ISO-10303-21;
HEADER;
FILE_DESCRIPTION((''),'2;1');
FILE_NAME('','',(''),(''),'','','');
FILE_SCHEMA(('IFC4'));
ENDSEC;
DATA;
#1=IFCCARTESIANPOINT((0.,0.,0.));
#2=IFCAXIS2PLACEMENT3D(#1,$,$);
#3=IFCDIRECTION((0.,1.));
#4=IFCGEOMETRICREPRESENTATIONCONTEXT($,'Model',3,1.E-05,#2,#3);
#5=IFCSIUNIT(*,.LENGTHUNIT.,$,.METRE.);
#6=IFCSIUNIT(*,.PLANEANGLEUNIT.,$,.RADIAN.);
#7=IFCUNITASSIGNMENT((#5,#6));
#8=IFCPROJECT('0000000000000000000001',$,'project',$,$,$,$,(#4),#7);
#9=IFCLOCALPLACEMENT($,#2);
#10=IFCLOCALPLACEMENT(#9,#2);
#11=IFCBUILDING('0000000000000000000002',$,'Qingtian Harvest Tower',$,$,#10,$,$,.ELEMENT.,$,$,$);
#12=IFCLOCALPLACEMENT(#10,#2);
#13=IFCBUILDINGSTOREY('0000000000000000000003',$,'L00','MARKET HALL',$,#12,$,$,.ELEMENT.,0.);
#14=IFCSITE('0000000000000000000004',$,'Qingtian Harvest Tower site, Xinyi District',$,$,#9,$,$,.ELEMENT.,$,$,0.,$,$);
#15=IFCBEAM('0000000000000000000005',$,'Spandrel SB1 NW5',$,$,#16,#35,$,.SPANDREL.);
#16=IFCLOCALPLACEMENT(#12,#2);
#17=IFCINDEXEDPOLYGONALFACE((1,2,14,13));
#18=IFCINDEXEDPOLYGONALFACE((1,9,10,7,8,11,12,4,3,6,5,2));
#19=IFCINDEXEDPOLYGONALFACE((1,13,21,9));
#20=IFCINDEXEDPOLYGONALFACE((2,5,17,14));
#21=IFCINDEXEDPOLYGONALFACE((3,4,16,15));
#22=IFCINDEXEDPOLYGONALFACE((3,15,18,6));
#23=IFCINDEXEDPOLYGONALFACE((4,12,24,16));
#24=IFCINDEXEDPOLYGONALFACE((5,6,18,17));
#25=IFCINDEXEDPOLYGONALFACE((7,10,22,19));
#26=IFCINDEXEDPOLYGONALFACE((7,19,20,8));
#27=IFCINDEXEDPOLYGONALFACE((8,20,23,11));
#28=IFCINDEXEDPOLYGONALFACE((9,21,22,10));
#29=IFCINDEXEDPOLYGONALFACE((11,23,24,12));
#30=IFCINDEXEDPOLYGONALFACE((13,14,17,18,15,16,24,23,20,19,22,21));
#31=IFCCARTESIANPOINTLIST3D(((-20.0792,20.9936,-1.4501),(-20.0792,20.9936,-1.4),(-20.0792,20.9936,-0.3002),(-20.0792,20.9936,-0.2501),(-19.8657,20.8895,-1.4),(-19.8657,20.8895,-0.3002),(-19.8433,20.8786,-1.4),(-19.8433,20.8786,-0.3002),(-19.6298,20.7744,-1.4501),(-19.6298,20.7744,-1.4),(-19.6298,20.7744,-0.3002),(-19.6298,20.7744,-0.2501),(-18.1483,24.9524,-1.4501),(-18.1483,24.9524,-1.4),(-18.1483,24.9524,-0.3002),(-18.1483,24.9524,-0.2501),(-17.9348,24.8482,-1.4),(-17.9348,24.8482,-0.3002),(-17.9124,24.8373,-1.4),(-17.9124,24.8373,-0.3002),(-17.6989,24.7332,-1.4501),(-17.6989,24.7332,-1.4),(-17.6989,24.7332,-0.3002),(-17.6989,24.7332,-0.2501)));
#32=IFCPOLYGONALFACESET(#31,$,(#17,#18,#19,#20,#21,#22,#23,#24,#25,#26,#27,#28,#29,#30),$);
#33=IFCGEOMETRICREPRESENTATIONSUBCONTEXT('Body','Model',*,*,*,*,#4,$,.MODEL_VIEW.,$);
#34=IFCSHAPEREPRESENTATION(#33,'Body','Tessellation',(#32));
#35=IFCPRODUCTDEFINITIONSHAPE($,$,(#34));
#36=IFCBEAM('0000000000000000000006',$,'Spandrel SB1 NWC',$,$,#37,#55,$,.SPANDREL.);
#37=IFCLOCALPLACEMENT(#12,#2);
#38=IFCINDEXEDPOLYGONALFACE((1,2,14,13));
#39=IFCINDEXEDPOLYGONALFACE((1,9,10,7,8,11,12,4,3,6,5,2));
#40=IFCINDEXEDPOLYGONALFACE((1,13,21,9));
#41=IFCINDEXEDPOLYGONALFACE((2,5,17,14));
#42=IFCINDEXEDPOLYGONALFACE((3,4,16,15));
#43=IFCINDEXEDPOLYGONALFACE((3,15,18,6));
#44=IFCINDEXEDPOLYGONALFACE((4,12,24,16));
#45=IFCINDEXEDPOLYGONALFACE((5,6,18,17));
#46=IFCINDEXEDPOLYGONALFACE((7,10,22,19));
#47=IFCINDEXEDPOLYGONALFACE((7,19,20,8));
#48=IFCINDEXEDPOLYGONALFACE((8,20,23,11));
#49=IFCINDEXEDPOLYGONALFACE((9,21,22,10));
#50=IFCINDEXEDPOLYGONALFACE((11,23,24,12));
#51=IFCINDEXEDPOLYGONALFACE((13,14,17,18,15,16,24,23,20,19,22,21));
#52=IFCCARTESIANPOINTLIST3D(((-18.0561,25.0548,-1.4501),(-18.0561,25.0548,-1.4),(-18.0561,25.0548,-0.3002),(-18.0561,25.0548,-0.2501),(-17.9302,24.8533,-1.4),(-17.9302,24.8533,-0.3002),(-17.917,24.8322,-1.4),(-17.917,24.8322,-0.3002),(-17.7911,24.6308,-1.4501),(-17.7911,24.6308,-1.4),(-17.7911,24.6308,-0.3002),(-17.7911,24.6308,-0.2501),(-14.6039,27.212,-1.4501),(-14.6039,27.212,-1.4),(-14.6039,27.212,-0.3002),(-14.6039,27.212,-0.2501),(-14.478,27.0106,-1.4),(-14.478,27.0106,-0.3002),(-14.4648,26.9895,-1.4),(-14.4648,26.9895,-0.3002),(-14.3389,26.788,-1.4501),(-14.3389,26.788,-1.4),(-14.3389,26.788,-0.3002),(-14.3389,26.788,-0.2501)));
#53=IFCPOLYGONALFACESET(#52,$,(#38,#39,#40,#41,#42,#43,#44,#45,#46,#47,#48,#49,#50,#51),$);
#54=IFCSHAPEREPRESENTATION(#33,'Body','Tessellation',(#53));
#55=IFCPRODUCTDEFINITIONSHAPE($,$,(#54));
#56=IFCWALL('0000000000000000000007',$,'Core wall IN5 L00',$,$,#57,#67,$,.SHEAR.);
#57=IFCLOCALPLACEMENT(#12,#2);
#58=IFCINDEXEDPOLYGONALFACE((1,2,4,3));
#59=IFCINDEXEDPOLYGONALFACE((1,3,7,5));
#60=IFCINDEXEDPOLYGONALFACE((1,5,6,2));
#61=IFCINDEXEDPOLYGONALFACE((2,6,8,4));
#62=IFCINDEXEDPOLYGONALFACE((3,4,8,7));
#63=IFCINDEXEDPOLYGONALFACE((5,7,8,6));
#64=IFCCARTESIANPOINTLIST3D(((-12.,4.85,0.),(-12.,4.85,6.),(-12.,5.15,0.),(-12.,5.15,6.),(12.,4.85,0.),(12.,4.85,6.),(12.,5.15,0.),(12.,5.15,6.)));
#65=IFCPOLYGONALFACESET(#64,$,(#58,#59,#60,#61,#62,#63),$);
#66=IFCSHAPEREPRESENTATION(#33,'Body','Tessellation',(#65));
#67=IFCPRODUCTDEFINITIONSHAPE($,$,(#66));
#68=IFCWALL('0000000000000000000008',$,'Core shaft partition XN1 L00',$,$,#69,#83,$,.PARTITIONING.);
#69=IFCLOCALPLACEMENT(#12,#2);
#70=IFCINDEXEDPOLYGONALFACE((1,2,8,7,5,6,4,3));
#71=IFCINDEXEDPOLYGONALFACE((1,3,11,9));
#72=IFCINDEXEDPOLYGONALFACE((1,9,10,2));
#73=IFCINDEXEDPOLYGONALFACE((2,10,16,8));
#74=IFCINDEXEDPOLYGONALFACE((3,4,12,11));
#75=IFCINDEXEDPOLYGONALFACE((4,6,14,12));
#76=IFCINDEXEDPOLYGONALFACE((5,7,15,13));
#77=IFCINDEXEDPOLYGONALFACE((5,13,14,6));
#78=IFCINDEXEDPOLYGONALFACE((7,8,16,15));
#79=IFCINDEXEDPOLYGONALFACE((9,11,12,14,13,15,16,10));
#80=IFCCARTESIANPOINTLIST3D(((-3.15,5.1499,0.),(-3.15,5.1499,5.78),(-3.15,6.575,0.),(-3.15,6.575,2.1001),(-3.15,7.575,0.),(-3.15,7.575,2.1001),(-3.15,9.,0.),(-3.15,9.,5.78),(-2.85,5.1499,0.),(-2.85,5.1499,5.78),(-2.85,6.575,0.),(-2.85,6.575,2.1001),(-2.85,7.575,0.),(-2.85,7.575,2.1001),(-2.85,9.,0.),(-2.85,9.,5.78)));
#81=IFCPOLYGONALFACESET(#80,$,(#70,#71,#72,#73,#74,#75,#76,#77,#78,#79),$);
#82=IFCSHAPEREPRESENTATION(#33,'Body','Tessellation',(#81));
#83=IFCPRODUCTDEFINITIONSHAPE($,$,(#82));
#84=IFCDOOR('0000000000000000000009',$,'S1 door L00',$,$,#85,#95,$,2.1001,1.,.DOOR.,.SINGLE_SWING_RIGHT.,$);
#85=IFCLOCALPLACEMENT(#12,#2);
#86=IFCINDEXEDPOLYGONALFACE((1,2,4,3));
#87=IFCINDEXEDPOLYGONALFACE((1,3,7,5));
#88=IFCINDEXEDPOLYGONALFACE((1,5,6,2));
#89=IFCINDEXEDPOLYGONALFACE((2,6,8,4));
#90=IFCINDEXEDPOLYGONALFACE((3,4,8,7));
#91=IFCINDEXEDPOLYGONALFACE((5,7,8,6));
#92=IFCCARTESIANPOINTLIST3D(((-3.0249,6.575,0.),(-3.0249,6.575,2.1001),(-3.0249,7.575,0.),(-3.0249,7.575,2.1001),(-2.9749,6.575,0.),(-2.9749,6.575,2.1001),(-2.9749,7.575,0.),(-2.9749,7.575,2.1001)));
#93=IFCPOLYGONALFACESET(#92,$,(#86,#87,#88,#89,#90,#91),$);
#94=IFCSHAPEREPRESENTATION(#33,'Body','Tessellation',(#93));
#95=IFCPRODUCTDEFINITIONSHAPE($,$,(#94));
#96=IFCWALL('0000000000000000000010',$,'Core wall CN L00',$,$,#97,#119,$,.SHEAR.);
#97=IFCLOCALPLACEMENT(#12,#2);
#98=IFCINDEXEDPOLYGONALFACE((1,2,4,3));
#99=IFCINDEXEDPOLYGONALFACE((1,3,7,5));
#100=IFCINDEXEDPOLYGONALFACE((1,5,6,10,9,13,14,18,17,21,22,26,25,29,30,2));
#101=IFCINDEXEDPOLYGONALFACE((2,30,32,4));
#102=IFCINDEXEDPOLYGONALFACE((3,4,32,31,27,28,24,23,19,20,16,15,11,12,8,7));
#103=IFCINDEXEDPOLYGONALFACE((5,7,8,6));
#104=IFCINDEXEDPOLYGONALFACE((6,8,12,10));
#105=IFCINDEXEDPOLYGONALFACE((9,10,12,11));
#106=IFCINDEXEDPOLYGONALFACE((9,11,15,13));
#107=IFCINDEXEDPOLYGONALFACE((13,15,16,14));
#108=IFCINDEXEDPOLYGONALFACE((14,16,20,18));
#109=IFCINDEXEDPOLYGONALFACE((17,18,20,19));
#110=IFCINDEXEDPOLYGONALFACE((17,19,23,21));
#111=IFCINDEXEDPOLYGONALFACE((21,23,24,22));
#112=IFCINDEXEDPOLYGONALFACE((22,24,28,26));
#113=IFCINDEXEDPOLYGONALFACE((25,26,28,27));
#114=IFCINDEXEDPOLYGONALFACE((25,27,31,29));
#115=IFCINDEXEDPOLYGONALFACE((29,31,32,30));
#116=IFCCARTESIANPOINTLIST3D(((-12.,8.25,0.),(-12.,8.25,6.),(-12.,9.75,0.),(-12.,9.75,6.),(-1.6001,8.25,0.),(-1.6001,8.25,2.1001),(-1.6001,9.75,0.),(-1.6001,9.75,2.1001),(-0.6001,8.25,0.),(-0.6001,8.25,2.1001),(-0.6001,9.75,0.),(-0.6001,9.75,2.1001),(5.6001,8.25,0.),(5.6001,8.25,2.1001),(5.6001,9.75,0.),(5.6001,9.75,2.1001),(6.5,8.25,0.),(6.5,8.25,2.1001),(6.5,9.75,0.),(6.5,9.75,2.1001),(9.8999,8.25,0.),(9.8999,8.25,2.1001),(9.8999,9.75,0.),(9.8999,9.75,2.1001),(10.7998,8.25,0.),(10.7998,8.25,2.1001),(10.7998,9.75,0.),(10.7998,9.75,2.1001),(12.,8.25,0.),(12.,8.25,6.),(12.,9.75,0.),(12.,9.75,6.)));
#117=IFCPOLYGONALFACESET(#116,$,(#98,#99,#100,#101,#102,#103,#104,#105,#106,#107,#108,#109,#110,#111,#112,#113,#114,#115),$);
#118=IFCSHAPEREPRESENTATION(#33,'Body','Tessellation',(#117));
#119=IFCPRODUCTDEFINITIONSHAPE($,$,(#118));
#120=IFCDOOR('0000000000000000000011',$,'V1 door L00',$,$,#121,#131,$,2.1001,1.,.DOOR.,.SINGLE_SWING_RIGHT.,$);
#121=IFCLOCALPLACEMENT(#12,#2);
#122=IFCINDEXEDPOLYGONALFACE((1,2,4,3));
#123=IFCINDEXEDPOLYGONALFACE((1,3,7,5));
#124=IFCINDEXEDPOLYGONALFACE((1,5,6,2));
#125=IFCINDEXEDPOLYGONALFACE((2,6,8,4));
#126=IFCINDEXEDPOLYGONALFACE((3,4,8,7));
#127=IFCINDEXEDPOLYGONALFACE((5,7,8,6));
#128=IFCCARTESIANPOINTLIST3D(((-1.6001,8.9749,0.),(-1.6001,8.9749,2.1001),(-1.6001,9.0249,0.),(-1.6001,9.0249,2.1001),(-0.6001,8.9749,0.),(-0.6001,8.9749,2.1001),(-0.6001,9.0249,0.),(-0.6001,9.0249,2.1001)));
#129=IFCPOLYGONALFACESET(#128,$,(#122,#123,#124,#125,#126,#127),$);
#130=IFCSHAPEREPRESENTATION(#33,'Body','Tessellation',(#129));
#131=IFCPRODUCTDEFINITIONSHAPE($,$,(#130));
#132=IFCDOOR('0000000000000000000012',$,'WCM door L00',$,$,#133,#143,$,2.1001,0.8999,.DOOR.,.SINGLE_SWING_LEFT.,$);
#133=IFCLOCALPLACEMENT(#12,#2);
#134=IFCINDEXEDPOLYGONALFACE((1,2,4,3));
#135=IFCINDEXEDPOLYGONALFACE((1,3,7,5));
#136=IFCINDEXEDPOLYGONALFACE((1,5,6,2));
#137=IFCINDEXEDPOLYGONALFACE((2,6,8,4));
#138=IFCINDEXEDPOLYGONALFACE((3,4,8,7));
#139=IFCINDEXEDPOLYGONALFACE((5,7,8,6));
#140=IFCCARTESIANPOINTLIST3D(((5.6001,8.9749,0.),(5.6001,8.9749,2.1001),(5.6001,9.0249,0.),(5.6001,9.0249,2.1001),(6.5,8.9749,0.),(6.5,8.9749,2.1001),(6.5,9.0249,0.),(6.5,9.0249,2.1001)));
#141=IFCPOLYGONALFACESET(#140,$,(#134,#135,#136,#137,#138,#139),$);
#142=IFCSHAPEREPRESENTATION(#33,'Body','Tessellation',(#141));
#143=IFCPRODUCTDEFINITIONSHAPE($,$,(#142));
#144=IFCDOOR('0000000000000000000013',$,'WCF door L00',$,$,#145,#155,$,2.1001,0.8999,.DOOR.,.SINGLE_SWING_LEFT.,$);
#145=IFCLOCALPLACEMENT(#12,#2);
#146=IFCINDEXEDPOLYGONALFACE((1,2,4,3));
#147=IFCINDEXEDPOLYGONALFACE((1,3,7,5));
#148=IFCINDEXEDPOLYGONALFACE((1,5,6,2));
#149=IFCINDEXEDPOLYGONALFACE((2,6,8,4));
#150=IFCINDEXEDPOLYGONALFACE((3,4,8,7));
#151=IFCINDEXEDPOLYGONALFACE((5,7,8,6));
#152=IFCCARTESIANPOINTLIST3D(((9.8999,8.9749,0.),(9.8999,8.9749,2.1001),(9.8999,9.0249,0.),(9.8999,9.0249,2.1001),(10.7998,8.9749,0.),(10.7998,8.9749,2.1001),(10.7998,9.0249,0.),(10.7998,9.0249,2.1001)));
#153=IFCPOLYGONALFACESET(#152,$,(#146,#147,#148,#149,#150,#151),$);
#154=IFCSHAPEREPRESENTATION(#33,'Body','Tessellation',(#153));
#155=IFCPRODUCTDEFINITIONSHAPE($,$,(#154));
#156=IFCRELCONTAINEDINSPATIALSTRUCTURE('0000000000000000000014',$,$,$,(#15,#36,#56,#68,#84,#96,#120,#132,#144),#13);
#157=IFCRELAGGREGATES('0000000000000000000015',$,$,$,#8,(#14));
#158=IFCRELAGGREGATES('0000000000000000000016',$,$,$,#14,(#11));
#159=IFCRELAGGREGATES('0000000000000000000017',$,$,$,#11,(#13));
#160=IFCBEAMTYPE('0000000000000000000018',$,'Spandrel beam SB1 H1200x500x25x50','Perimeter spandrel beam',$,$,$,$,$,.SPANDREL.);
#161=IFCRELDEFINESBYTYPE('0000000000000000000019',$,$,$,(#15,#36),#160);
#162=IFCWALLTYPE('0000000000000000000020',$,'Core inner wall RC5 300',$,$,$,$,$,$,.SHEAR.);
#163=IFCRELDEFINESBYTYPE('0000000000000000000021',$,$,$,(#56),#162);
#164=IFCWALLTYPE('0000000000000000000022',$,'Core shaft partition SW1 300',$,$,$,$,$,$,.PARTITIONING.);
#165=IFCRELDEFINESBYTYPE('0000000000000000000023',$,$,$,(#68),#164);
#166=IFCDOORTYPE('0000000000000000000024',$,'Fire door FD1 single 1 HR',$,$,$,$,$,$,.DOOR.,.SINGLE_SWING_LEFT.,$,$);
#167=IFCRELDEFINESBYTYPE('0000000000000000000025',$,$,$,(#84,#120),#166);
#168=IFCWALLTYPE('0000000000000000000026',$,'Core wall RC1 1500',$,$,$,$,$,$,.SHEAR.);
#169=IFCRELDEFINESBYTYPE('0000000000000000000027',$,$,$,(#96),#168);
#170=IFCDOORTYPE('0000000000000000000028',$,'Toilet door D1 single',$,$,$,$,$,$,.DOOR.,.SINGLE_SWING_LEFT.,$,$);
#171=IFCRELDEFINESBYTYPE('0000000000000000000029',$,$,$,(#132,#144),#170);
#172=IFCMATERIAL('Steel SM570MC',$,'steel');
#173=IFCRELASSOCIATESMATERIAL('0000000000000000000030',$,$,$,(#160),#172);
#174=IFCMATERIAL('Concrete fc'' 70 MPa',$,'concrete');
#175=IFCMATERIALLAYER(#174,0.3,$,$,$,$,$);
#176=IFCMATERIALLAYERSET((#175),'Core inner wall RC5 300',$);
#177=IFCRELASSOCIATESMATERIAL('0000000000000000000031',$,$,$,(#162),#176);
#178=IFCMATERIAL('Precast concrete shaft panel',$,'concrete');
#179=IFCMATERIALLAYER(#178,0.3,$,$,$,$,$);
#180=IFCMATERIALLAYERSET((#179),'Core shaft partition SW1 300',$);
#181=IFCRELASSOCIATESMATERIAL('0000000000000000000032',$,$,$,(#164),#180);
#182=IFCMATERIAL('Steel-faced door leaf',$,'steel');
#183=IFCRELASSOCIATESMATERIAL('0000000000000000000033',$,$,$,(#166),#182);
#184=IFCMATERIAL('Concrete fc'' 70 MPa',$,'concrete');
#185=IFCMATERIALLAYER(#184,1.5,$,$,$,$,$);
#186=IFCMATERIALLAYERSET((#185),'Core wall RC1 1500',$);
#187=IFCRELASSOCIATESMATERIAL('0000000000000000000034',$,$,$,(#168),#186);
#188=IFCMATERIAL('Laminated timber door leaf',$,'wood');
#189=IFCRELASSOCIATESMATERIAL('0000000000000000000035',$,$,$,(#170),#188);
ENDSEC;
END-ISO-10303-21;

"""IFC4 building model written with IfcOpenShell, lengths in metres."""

from ifc_helpers import new_model, si_unit, direction, frame, frame_2d, origin, origin_2d, place, context, subcontext, project, spatial, rectangle, i_section, extrude, material, layer, layer_set, material_profile, profile_set, type_object, element, fill, save


model = new_model("IFC4")

# Units and contexts
model_context = context("Model", 3, precision=1e-05, world=origin(), true_north=direction((0.0, 1.0)))
body_context = subcontext(model_context, "Body", "Model", "MODEL_VIEW")
ifc_project = project(units=[si_unit("LENGTHUNIT", "METRE"), si_unit("PLANEANGLEUNIT", "RADIAN")], contexts=[model_context])

# Site, building, storey
site_placement = place(None, origin())
site = spatial("IfcSite", under=ifc_project, at=site_placement, Name="Qingtian Harvest Tower site, Xinyi District", CompositionType="ELEMENT", RefElevation=0.0)
building_placement = place(site_placement, origin())
building = spatial("IfcBuilding", under=site, at=building_placement, Name="Qingtian Harvest Tower", CompositionType="ELEMENT")
storey_placement = place(building_placement, origin())
storey = spatial("IfcBuildingStorey", under=building, at=storey_placement, Name="L00", Description="MARKET HALL", CompositionType="ELEMENT", Elevation=0.0)

# Beams
ifc_material_1 = material(Name="Steel SM570MC", Category="steel")
ifc_material_profile_1 = material_profile(ifc_material_1, i_section(OverallWidth=0.5, OverallDepth=1.2, WebThickness=0.0249, FlangeThickness=0.05, at=origin_2d()), Name="H1200x500x25x50")
ifc_profile_set_1 = profile_set([ifc_material_profile_1], Name="Steel SM570MC")
beam_type_1 = type_object("IfcBeamType", Name="Spandrel beam SB1 H1200x500x25x50", Description="Perimeter spandrel beam", PredefinedType="SPANDREL", material=ifc_profile_set_1)
for number, where, z_axis, x_axis, name in (
    (1, (-19.8545, 20.884, -0.8501), (0.43839, 0.898785, 0.0), (-0.898785, 0.43839, 0.0), "Spandrel SB1 NW5"),
):
    element("IfcBeam", number, at=place(storey_placement, frame(where, z_axis=z_axis, x_axis=x_axis)), inside=storey, type_object=beam_type_1, Name=name, PredefinedType="SPANDREL", context=body_context, shape_type="SweptSolid", body=[
        extrude(i_section(OverallWidth=0.5, OverallDepth=1.2, WebThickness=0.0249, FlangeThickness=0.05, at=origin_2d()), origin(), (0.0, 0.0, 1.0), 4.4045),
    ])
beam_1_placement = place(storey_placement, frame((-17.9236, 24.8428, -0.8501), z_axis=(0.848039, 0.529934, 0.0), x_axis=(-0.529934, 0.848039, 0.0)))
element("IfcBeam", 2, at=beam_1_placement, inside=storey, type_object=beam_type_1, Name="Spandrel SB1 NWC", PredefinedType="SPANDREL", context=body_context, shape_type="SweptSolid", body=[
    extrude(i_section(OverallWidth=0.5, OverallDepth=1.2, WebThickness=0.0249, FlangeThickness=0.05, at=origin_2d()), origin(), (0.0, 0.0, 1.0), 4.0708),
])

# Wall
ifc_material_2 = material(Name="Concrete fc' 70 MPa", Category="concrete")
ifc_layer_1 = layer(ifc_material_2, 0.3)
ifc_layer_set_1 = layer_set([ifc_layer_1], Name="Core inner wall RC5 300")
wall_type_1 = type_object("IfcWallType", Name="Core inner wall RC5 300", PredefinedType="SHEAR", material=ifc_layer_set_1)
wall_1_placement = place(storey_placement, frame((-12.0, 5.0, 0.0), z_axis=(0.0, 0.0, 1.0), x_axis=(1.0, 0.0, 0.0)))
element("IfcWall", 3, at=wall_1_placement, inside=storey, type_object=wall_type_1, Name="Core wall IN5 L00", PredefinedType="SHEAR", context=body_context, shape_type="SweptSolid", body=[
    extrude(rectangle(XDim=24.0, YDim=0.3, at=frame_2d((12.0, 0.0))), origin(), (0.0, 0.0, 1.0), 6.0),
])

# Wall, opening, door
ifc_material_3 = material(Name="Precast concrete shaft panel", Category="concrete")
ifc_layer_2 = layer(ifc_material_3, 0.3)
ifc_layer_set_2 = layer_set([ifc_layer_2], Name="Core shaft partition SW1 300")
wall_type_2 = type_object("IfcWallType", Name="Core shaft partition SW1 300", PredefinedType="PARTITIONING", material=ifc_layer_set_2)
wall_2_placement = place(storey_placement, frame((-3.0, 5.1499, 0.0), z_axis=(0.0, 0.0, 1.0), x_axis=(0.0, 1.0, 0.0)))
wall_2 = element("IfcWall", 4, at=wall_2_placement, inside=storey, type_object=wall_type_2, Name="Core shaft partition XN1 L00", PredefinedType="PARTITIONING", context=body_context, shape_type="SweptSolid", body=[
    extrude(rectangle(XDim=3.8501, YDim=0.3, at=frame_2d((1.925, 0.0))), origin(), (0.0, 0.0, 1.0), 5.78),
])
opening_1_placement = place(wall_2_placement, frame((1.425, 0.0, 0.0)))
opening_1 = element("IfcOpeningElement", 5, at=opening_1_placement, cuts=wall_2, PredefinedType="OPENING", context=body_context, shape_type="SweptSolid", body=[
    extrude(rectangle(XDim=1.0, YDim=2.1001, at=frame_2d((0.5, 1.05))), frame((0.0, 0.1599, 0.0), z_axis=(0.0, -1.0, 0.0), x_axis=(1.0, 0.0, 0.0)), (0.0, 0.0, 1.0), 0.3201),
])
ifc_material_4 = material(Name="Steel-faced door leaf", Category="steel")
door_type_1 = type_object("IfcDoorType", Name="Fire door FD1 single 1 HR", OperationType="SINGLE_SWING_LEFT", PredefinedType="DOOR", material=ifc_material_4)
door_1_placement = place(opening_1_placement, origin())
door_1 = element("IfcDoor", 6, at=door_1_placement, inside=storey, type_object=door_type_1, Name="S1 door L00", OperationType="SINGLE_SWING_RIGHT", OverallHeight=2.1001, OverallWidth=1.0, PredefinedType="DOOR", context=body_context, shape_type="SweptSolid", body=[
    extrude(rectangle(XDim=1.0, YDim=2.1001, at=frame_2d((0.5, 1.05))), frame((0.0, 0.0249, 0.0), z_axis=(0.0, -1.0, 0.0), x_axis=(1.0, 0.0, 0.0)), (0.0, 0.0, 1.0), 0.05),
])
fill(opening_1, door_1)

# Wall, openings, doors
ifc_material_5 = material(Name="Concrete fc' 70 MPa", Category="concrete")
ifc_layer_3 = layer(ifc_material_5, 1.5)
ifc_layer_set_3 = layer_set([ifc_layer_3], Name="Core wall RC1 1500")
wall_type_3 = type_object("IfcWallType", Name="Core wall RC1 1500", PredefinedType="SHEAR", material=ifc_layer_set_3)
wall_3_placement = place(storey_placement, frame((-12.0, 9.0, 0.0), z_axis=(0.0, 0.0, 1.0), x_axis=(1.0, 0.0, 0.0)))
wall_3 = element("IfcWall", 7, at=wall_3_placement, inside=storey, type_object=wall_type_3, Name="Core wall CN L00", PredefinedType="SHEAR", context=body_context, shape_type="SweptSolid", body=[
    extrude(rectangle(XDim=24.0, YDim=1.5, at=frame_2d((12.0, 0.0))), origin(), (0.0, 0.0, 1.0), 6.0),
])
opening_2_placement = place(wall_3_placement, frame((10.3999, 0.0, 0.0)))
opening_2 = element("IfcOpeningElement", 8, at=opening_2_placement, cuts=wall_3, PredefinedType="OPENING", context=body_context, shape_type="SweptSolid", body=[
    extrude(rectangle(XDim=1.0, YDim=2.1001, at=frame_2d((0.5, 1.05))), frame((0.0, 0.76, 0.0), z_axis=(0.0, -1.0, 0.0), x_axis=(1.0, 0.0, 0.0)), (0.0, 0.0, 1.0), 1.52),
])
opening_3_placement = place(wall_3_placement, frame((17.6001, 0.0, 0.0)))
opening_3 = element("IfcOpeningElement", 9, at=opening_3_placement, cuts=wall_3, PredefinedType="OPENING", context=body_context, shape_type="SweptSolid", body=[
    extrude(rectangle(XDim=0.8999, YDim=2.1001, at=frame_2d((0.45, 1.05))), frame((0.0, 0.76, 0.0), z_axis=(0.0, -1.0, 0.0), x_axis=(1.0, 0.0, 0.0)), (0.0, 0.0, 1.0), 1.52),
])
opening_4_placement = place(wall_3_placement, frame((21.8999, 0.0, 0.0)))
opening_4 = element("IfcOpeningElement", 10, at=opening_4_placement, cuts=wall_3, PredefinedType="OPENING", context=body_context, shape_type="SweptSolid", body=[
    extrude(rectangle(XDim=0.8999, YDim=2.1001, at=frame_2d((0.45, 1.05))), frame((0.0, 0.76, 0.0), z_axis=(0.0, -1.0, 0.0), x_axis=(1.0, 0.0, 0.0)), (0.0, 0.0, 1.0), 1.52),
])
door_2_placement = place(opening_2_placement, origin())
door_2 = element("IfcDoor", 11, at=door_2_placement, inside=storey, type_object=door_type_1, Name="V1 door L00", OperationType="SINGLE_SWING_RIGHT", OverallHeight=2.1001, OverallWidth=1.0, PredefinedType="DOOR", context=body_context, shape_type="SweptSolid", body=[
    extrude(rectangle(XDim=1.0, YDim=2.1001, at=frame_2d((0.5, 1.05))), frame((0.0, 0.0249, 0.0), z_axis=(0.0, -1.0, 0.0), x_axis=(1.0, 0.0, 0.0)), (0.0, 0.0, 1.0), 0.05),
])
fill(opening_2, door_2)
ifc_material_6 = material(Name="Laminated timber door leaf", Category="wood")
door_type_2 = type_object("IfcDoorType", Name="Toilet door D1 single", OperationType="SINGLE_SWING_LEFT", PredefinedType="DOOR", material=ifc_material_6)
door_3_placement = place(opening_3_placement, origin())
door_3 = element("IfcDoor", 12, at=door_3_placement, inside=storey, type_object=door_type_2, Name="WCM door L00", OperationType="SINGLE_SWING_LEFT", OverallHeight=2.1001, OverallWidth=0.8999, PredefinedType="DOOR", context=body_context, shape_type="SweptSolid", body=[
    extrude(rectangle(XDim=0.8999, YDim=2.1001, at=frame_2d((0.45, 1.05))), frame((0.0, 0.0249, 0.0), z_axis=(0.0, -1.0, 0.0), x_axis=(1.0, 0.0, 0.0)), (0.0, 0.0, 1.0), 0.05),
])
fill(opening_3, door_3)
door_4_placement = place(opening_4_placement, origin())
door_4 = element("IfcDoor", 13, at=door_4_placement, inside=storey, type_object=door_type_2, Name="WCF door L00", OperationType="SINGLE_SWING_LEFT", OverallHeight=2.1001, OverallWidth=0.8999, PredefinedType="DOOR", context=body_context, shape_type="SweptSolid", body=[
    extrude(rectangle(XDim=0.8999, YDim=2.1001, at=frame_2d((0.45, 1.05))), frame((0.0, 0.0249, 0.0), z_axis=(0.0, -1.0, 0.0), x_axis=(1.0, 0.0, 0.0)), (0.0, 0.0, 1.0), 0.05),
])
fill(opening_4, door_4)

save(model, "model.ifc")
